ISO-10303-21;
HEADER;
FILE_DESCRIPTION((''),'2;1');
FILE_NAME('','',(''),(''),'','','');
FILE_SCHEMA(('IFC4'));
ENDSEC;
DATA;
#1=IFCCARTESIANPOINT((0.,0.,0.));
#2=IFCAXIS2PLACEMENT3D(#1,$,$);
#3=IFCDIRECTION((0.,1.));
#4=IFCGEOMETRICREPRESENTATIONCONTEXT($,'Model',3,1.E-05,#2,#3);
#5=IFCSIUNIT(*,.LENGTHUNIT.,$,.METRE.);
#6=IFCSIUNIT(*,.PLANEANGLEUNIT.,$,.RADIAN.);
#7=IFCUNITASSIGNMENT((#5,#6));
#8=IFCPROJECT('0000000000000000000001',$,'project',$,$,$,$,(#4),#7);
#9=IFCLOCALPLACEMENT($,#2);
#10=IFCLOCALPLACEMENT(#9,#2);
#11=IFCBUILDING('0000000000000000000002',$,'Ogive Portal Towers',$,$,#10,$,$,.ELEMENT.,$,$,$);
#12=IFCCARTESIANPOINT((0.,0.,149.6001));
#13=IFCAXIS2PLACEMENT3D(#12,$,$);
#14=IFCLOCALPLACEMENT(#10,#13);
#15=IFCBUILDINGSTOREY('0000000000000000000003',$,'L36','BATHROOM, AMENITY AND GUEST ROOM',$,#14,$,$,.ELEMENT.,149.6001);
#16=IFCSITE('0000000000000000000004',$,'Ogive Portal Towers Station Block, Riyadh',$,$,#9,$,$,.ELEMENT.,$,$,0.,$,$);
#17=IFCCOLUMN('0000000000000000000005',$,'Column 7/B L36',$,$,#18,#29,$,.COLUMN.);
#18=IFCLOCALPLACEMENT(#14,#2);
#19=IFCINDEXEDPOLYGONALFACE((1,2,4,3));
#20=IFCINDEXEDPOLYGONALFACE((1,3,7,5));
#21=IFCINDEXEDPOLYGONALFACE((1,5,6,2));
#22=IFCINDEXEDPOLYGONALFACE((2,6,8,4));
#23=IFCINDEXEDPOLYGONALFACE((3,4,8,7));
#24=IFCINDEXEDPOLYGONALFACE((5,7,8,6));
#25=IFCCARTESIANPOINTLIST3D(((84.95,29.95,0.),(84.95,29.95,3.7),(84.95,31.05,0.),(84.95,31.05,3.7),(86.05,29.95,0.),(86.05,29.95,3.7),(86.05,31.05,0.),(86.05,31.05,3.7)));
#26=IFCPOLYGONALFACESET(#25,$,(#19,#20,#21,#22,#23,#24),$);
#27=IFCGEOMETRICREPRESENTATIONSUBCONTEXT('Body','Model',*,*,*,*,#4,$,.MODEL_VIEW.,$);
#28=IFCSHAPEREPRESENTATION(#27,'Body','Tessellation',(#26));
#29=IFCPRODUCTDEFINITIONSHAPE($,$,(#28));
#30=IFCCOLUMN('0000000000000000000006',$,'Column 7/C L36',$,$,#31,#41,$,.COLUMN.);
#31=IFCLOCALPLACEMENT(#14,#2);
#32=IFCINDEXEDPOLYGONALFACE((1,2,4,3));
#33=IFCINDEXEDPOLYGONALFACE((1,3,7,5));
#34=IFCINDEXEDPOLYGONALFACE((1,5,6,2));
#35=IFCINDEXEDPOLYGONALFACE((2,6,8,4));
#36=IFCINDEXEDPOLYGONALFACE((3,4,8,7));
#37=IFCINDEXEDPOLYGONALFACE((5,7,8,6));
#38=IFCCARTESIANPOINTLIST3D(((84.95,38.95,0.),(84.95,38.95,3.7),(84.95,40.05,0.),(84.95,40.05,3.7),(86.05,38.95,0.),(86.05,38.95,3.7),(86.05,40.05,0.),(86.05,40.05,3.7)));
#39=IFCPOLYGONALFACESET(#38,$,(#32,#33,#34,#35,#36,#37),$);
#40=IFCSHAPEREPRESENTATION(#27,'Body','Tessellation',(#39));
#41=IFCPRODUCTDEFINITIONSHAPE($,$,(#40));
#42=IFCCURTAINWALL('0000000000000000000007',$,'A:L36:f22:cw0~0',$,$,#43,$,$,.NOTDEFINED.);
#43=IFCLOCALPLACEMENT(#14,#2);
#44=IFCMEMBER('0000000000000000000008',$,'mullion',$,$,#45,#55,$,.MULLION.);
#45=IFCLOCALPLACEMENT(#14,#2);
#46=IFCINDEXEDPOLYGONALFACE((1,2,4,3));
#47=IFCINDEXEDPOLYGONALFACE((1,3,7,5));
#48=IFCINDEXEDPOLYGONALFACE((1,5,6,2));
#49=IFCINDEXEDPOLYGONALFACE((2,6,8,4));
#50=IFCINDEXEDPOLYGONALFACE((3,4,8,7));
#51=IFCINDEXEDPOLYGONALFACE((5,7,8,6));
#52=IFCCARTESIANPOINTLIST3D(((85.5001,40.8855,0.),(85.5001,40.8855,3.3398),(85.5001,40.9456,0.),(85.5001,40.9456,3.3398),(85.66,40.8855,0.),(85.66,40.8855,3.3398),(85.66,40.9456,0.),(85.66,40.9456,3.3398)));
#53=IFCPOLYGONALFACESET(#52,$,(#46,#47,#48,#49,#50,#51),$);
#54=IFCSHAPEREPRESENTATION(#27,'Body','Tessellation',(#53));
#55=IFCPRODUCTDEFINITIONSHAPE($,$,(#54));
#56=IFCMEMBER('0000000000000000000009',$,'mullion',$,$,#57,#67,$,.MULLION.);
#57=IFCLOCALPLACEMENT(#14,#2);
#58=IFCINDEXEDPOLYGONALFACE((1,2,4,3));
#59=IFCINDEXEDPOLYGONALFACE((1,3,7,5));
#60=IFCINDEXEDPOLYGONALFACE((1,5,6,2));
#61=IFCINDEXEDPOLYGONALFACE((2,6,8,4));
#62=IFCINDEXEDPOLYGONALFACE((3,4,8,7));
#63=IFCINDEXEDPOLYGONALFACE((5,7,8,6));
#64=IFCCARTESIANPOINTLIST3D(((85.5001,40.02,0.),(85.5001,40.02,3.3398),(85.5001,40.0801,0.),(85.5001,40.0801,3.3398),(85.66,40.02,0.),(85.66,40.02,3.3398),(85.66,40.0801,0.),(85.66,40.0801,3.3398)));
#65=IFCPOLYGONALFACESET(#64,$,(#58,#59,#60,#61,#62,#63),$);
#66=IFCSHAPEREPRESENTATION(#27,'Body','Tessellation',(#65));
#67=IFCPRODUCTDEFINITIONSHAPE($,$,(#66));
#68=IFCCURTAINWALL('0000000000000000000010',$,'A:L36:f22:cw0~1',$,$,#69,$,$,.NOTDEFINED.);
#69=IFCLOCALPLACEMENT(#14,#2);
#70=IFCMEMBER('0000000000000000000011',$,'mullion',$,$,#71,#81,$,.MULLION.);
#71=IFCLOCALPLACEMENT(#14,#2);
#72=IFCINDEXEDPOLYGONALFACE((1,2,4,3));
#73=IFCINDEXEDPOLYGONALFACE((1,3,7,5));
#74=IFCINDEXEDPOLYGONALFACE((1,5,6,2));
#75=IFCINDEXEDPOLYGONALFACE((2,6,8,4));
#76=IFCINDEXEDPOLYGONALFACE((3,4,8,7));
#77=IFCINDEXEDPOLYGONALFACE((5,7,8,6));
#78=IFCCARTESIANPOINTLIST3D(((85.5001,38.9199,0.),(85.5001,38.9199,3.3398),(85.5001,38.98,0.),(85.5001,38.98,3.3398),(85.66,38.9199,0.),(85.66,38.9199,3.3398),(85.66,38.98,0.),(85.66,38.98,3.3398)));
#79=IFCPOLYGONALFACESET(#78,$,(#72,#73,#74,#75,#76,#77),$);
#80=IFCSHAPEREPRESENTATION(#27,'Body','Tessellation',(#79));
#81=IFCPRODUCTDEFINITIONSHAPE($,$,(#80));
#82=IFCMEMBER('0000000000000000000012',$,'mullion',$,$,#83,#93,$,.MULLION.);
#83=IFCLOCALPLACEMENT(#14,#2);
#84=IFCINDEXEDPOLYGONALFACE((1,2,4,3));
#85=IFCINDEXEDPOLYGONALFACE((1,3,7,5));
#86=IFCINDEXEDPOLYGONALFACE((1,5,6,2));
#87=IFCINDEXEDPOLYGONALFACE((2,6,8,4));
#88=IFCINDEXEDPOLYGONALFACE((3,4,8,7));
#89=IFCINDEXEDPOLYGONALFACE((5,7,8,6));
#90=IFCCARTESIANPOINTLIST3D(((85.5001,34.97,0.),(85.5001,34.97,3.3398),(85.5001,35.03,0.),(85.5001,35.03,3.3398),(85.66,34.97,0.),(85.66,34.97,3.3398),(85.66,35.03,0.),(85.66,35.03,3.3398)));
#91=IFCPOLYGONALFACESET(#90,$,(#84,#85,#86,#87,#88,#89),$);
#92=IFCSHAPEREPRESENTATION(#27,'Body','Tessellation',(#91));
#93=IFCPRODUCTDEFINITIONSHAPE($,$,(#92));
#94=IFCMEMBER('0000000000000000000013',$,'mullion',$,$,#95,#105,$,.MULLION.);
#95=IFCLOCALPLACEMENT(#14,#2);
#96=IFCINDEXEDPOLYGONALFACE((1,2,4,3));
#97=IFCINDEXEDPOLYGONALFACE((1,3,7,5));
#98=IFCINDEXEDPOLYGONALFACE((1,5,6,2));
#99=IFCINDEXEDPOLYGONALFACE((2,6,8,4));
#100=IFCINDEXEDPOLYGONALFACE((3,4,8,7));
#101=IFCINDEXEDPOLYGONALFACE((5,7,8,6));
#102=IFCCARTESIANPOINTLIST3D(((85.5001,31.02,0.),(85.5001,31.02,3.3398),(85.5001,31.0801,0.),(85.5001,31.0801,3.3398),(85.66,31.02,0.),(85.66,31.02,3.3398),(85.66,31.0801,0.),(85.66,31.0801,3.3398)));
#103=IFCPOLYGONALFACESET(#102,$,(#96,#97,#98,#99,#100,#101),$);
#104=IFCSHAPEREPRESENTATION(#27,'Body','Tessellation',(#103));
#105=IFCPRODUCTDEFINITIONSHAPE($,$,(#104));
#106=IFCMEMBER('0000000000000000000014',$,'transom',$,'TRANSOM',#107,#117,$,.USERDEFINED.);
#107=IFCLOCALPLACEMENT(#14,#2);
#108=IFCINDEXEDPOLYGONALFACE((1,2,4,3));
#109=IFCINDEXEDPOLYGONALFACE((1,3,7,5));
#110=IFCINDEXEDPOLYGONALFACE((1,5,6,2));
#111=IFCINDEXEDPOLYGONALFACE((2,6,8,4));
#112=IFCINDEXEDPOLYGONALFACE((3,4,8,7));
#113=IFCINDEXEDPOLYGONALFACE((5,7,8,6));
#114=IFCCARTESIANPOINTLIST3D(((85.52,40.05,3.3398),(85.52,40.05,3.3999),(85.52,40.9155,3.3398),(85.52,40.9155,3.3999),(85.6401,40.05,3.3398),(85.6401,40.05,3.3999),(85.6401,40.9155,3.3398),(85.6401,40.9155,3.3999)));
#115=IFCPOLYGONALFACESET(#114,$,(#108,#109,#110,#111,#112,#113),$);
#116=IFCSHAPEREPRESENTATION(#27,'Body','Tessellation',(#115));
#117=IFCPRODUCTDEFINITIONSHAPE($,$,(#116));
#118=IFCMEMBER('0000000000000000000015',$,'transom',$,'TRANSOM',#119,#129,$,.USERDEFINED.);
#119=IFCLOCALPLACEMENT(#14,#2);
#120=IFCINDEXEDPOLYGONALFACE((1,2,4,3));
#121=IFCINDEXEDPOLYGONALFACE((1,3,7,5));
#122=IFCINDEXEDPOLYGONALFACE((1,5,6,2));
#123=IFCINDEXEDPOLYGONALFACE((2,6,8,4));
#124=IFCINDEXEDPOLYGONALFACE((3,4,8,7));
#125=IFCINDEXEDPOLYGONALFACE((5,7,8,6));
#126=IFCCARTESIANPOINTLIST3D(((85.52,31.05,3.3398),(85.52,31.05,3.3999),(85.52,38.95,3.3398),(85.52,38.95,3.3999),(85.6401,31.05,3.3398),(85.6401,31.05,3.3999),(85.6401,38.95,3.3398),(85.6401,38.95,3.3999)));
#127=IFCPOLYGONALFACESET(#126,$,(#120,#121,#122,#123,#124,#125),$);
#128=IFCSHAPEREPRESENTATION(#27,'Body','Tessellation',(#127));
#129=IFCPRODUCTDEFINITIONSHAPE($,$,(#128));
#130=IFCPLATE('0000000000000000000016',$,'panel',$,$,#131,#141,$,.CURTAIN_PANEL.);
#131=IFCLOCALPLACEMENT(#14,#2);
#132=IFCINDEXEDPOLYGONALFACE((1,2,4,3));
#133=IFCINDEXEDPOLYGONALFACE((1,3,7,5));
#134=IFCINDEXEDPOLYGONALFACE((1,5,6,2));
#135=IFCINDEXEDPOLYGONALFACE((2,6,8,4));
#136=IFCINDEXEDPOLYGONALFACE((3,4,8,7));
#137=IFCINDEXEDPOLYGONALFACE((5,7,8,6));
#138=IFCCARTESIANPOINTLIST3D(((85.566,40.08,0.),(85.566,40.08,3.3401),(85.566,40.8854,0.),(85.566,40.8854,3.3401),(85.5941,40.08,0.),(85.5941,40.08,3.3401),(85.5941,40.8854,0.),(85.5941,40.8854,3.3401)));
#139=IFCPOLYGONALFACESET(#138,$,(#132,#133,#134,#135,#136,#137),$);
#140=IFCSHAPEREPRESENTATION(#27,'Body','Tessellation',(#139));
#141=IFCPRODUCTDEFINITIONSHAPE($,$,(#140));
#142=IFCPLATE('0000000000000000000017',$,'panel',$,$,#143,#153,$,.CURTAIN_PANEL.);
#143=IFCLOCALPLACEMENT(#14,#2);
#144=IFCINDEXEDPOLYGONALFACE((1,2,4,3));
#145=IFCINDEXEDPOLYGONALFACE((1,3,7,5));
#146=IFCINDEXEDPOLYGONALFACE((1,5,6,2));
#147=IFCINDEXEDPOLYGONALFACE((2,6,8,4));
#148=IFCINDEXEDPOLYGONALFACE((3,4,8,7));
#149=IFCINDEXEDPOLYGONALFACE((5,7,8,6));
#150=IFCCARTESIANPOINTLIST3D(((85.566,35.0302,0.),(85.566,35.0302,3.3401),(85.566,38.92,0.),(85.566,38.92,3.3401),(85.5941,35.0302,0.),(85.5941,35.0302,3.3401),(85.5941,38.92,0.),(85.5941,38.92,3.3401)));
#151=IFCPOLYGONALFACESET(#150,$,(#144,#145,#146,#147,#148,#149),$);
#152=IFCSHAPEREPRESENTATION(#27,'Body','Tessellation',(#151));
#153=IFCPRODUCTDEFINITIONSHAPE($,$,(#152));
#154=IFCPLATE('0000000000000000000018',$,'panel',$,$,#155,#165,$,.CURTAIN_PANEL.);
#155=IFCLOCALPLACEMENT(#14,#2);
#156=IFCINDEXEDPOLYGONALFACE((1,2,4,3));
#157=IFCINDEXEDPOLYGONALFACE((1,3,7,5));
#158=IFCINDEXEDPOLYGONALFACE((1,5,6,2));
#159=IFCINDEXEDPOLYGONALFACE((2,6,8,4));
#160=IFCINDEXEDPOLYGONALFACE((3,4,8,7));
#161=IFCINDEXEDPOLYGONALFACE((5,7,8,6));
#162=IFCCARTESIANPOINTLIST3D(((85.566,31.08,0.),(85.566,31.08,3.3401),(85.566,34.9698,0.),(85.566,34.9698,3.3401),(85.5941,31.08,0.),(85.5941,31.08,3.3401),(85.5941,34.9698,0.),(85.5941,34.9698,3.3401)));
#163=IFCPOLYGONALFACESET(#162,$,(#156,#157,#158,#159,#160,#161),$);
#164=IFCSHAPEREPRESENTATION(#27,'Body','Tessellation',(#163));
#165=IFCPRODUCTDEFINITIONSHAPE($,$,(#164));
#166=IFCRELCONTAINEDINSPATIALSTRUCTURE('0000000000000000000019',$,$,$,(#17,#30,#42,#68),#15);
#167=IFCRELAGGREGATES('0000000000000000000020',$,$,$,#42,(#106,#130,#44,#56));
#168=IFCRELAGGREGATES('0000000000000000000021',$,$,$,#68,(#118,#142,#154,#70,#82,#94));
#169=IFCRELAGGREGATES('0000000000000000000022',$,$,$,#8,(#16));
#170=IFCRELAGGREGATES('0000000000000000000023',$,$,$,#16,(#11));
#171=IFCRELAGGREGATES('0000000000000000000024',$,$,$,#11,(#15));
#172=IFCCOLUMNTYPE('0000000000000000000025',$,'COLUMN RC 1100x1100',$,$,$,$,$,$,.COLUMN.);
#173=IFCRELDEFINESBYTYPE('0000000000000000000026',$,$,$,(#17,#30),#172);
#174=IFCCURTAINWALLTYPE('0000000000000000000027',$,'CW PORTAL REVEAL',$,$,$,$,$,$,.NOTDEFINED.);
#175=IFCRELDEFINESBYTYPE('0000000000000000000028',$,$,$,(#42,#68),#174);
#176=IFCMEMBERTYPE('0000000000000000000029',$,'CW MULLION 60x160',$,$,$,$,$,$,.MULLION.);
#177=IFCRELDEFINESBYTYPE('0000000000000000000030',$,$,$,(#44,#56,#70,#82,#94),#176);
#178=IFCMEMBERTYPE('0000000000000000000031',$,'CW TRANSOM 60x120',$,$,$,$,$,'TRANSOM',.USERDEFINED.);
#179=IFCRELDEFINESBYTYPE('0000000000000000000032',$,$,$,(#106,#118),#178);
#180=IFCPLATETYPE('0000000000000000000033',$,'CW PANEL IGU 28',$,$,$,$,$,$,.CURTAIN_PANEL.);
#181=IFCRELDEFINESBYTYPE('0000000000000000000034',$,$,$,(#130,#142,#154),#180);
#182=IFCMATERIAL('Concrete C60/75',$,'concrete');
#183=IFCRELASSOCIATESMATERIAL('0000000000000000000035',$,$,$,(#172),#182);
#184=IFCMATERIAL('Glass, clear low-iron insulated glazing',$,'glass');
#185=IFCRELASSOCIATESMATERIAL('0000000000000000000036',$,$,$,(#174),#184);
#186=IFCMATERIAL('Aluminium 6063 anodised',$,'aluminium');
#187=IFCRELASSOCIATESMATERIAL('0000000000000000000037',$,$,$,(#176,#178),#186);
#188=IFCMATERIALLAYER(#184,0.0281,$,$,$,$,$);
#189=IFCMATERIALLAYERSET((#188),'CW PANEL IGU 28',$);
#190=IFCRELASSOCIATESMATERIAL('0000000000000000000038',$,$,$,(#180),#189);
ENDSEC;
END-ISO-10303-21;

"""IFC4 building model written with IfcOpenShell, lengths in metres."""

from ifc_helpers import new_model, si_unit, direction, frame, origin, origin_2d, place, context, subcontext, project, spatial, rectangle, extrude, material, layer, layer_set, material_profile, profile_set, type_object, element, aggregate, save


model = new_model("IFC4")

# Units and contexts
model_context = context("Model", 3, precision=1e-05, world=origin(), true_north=direction((0.0, 1.0)))
body_context = subcontext(model_context, "Body", "Model", "MODEL_VIEW")
ifc_project = project(units=[si_unit("LENGTHUNIT", "METRE"), si_unit("PLANEANGLEUNIT", "RADIAN")], contexts=[model_context])

# Site, building, storey
site_placement = place(None, origin())
site = spatial("IfcSite", under=ifc_project, at=site_placement, Name="Ogive Portal Towers Station Block, Riyadh", CompositionType="ELEMENT", RefElevation=0.0)
building_placement = place(site_placement, origin())
building = spatial("IfcBuilding", under=site, at=building_placement, Name="Ogive Portal Towers", CompositionType="ELEMENT")
storey_placement = place(building_placement, frame((0.0, 0.0, 149.6001)))
storey = spatial("IfcBuildingStorey", under=building, at=storey_placement, Name="L36", Description="BATHROOM, AMENITY AND GUEST ROOM", CompositionType="ELEMENT", Elevation=149.6001)

# Columns
ifc_material_1 = material(Name="Concrete C60/75", Category="concrete")
ifc_material_profile_1 = material_profile(ifc_material_1, rectangle(XDim=1.1001, YDim=1.1001, at=origin_2d()), Name="RC 1100x1100")
ifc_profile_set_1 = profile_set([ifc_material_profile_1], Name="Concrete C60/75")
column_type = type_object("IfcColumnType", Name="COLUMN RC 1100x1100", PredefinedType="COLUMN", material=ifc_profile_set_1)
for number, where, z_axis, x_axis, name in (
    (1, (85.5, 30.5, 0.0), (0.0, 0.0, 1.0), (1.0, 0.0, 0.0), "Column 7/B L36"),
    (2, (85.5, 39.5, 0.0), (0.0, 0.0, 1.0), (1.0, 0.0, 0.0), "Column 7/C L36"),
):
    element("IfcColumn", number, at=place(storey_placement, frame(where, z_axis=z_axis, x_axis=x_axis)), inside=storey, type_object=column_type, Name=name, PredefinedType="COLUMN", context=body_context, shape_type="SweptSolid", body=[
        extrude(rectangle(XDim=1.1001, YDim=1.1001, at=origin_2d()), origin(), (0.0, 0.0, 1.0), 3.7),
    ])

# Curtain walls, members
ifc_material_2 = material(Name="Glass, clear low-iron insulated glazing", Category="glass")
curtain_wall_type = type_object("IfcCurtainWallType", Name="CW PORTAL REVEAL", PredefinedType="NOTDEFINED", material=ifc_material_2)
curtain_wall_1_placement = place(storey_placement, origin())
curtain_wall_1 = element("IfcCurtainWall", 3, at=curtain_wall_1_placement, inside=storey, type_object=curtain_wall_type, Name="A:L36:f22:cw0~0", PredefinedType="NOTDEFINED")
ifc_material_3 = material(Name="Aluminium 6063 anodised", Category="aluminium")
ifc_material_profile_2 = material_profile(ifc_material_3, rectangle(XDim=0.1599, YDim=0.0601, at=origin_2d()), Name="AL 60x160")
ifc_profile_set_2 = profile_set([ifc_material_profile_2], Name="Aluminium 6063 anodised")
member_type_1 = type_object("IfcMemberType", Name="CW MULLION 60x160", PredefinedType="MULLION", material=ifc_profile_set_2)
member_1_placement = place(storey_placement, frame((85.5801, 40.9155, 0.0), z_axis=(0.0, 0.0, 1.0), x_axis=(1.0, 0.0, 0.0)))
member_1 = element("IfcMember", 4, at=member_1_placement, type_object=member_type_1, Name="mullion", PredefinedType="MULLION", context=body_context, shape_type="SweptSolid", body=[
    extrude(rectangle(XDim=0.1599, YDim=0.0601, at=origin_2d()), origin(), (0.0, 0.0, 1.0), 3.3398),
])
member_2_placement = place(storey_placement, frame((85.5801, 40.05, 0.0), z_axis=(0.0, 0.0, 1.0), x_axis=(1.0, 0.0, 0.0)))
member_2 = element("IfcMember", 5, at=member_2_placement, type_object=member_type_1, Name="mullion", PredefinedType="MULLION", context=body_context, shape_type="SweptSolid", body=[
    extrude(rectangle(XDim=0.1599, YDim=0.0601, at=origin_2d()), origin(), (0.0, 0.0, 1.0), 3.3398),
])
curtain_wall_2_placement = place(storey_placement, origin())
curtain_wall_2 = element("IfcCurtainWall", 6, at=curtain_wall_2_placement, inside=storey, type_object=curtain_wall_type, Name="A:L36:f22:cw0~1", PredefinedType="NOTDEFINED")
member_3_placement = place(storey_placement, frame((85.5801, 38.95, 0.0), z_axis=(0.0, 0.0, 1.0), x_axis=(1.0, 0.0, 0.0)))
member_3 = element("IfcMember", 7, at=member_3_placement, type_object=member_type_1, Name="mullion", PredefinedType="MULLION", context=body_context, shape_type="SweptSolid", body=[
    extrude(rectangle(XDim=0.1599, YDim=0.0601, at=origin_2d()), origin(), (0.0, 0.0, 1.0), 3.3398),
])
member_4_placement = place(storey_placement, frame((85.5801, 35.0, 0.0), z_axis=(0.0, 0.0, 1.0), x_axis=(1.0, 0.0, 0.0)))
member_4 = element("IfcMember", 8, at=member_4_placement, type_object=member_type_1, Name="mullion", PredefinedType="MULLION", context=body_context, shape_type="SweptSolid", body=[
    extrude(rectangle(XDim=0.1599, YDim=0.0601, at=origin_2d()), origin(), (0.0, 0.0, 1.0), 3.3398),
])
member_5_placement = place(storey_placement, frame((85.5801, 31.05, 0.0), z_axis=(0.0, 0.0, 1.0), x_axis=(1.0, 0.0, 0.0)))
member_5 = element("IfcMember", 9, at=member_5_placement, type_object=member_type_1, Name="mullion", PredefinedType="MULLION", context=body_context, shape_type="SweptSolid", body=[
    extrude(rectangle(XDim=0.1599, YDim=0.0601, at=origin_2d()), origin(), (0.0, 0.0, 1.0), 3.3398),
])

# Members
ifc_material_profile_3 = material_profile(ifc_material_3, rectangle(XDim=0.1201, YDim=0.0601, at=origin_2d()), Name="AL 120x60")
ifc_profile_set_3 = profile_set([ifc_material_profile_3], Name="Aluminium 6063 anodised")
member_type_2 = type_object("IfcMemberType", Name="CW TRANSOM 60x120", ElementType="TRANSOM", PredefinedType="USERDEFINED", material=ifc_profile_set_3)
member_6_placement = place(storey_placement, frame((85.5801, 40.9155, 3.3699), z_axis=(0.0, -1.0, 0.0), x_axis=(1.0, 0.0, 0.0)))
member_6 = element("IfcMember", 10, at=member_6_placement, type_object=member_type_2, Name="transom", ObjectType="TRANSOM", PredefinedType="USERDEFINED", context=body_context, shape_type="SweptSolid", body=[
    extrude(rectangle(XDim=0.1201, YDim=0.0601, at=origin_2d()), origin(), (0.0, 0.0, 1.0), 0.8655),
])
member_7_placement = place(storey_placement, frame((85.5801, 38.95, 3.3699), z_axis=(0.0, -1.0, 0.0), x_axis=(1.0, 0.0, 0.0)))
member_7 = element("IfcMember", 11, at=member_7_placement, type_object=member_type_2, Name="transom", ObjectType="TRANSOM", PredefinedType="USERDEFINED", context=body_context, shape_type="SweptSolid", body=[
    extrude(rectangle(XDim=0.1201, YDim=0.0601, at=origin_2d()), origin(), (0.0, 0.0, 1.0), 7.8999),
])

# Plates
ifc_layer_1 = layer(ifc_material_2, 0.0281)
ifc_layer_set_1 = layer_set([ifc_layer_1], Name="CW PANEL IGU 28")
plate_type = type_object("IfcPlateType", Name="CW PANEL IGU 28", PredefinedType="CURTAIN_PANEL", material=ifc_layer_set_1)
plate_1_placement = place(storey_placement, frame((85.5801, 40.4827, 0.0), z_axis=(0.0, 0.0, 1.0), x_axis=(0.0, -1.0, 0.0)))
plate_1 = element("IfcPlate", 12, at=plate_1_placement, type_object=plate_type, Name="panel", PredefinedType="CURTAIN_PANEL", context=body_context, shape_type="SweptSolid", body=[
    extrude(rectangle(XDim=0.8054, YDim=0.0281, at=origin_2d()), origin(), (0.0, 0.0, 1.0), 3.3401),
])
aggregate(curtain_wall_1, [member_6, plate_1, member_1, member_2])
plate_2_placement = place(storey_placement, frame((85.5801, 36.9751, 0.0), z_axis=(0.0, 0.0, 1.0), x_axis=(0.0, -1.0, 0.0)))
plate_2 = element("IfcPlate", 13, at=plate_2_placement, type_object=plate_type, Name="panel", PredefinedType="CURTAIN_PANEL", context=body_context, shape_type="SweptSolid", body=[
    extrude(rectangle(XDim=3.8899, YDim=0.0281, at=origin_2d()), origin(), (0.0, 0.0, 1.0), 3.3401),
])
plate_3_placement = place(storey_placement, frame((85.5801, 33.0249, 0.0), z_axis=(0.0, 0.0, 1.0), x_axis=(0.0, -1.0, 0.0)))
plate_3 = element("IfcPlate", 14, at=plate_3_placement, type_object=plate_type, Name="panel", PredefinedType="CURTAIN_PANEL", context=body_context, shape_type="SweptSolid", body=[
    extrude(rectangle(XDim=3.8899, YDim=0.0281, at=origin_2d()), origin(), (0.0, 0.0, 1.0), 3.3401),
])
aggregate(curtain_wall_2, [member_7, plate_2, plate_3, member_3, member_4, member_5])

save(model, "model.ifc")
